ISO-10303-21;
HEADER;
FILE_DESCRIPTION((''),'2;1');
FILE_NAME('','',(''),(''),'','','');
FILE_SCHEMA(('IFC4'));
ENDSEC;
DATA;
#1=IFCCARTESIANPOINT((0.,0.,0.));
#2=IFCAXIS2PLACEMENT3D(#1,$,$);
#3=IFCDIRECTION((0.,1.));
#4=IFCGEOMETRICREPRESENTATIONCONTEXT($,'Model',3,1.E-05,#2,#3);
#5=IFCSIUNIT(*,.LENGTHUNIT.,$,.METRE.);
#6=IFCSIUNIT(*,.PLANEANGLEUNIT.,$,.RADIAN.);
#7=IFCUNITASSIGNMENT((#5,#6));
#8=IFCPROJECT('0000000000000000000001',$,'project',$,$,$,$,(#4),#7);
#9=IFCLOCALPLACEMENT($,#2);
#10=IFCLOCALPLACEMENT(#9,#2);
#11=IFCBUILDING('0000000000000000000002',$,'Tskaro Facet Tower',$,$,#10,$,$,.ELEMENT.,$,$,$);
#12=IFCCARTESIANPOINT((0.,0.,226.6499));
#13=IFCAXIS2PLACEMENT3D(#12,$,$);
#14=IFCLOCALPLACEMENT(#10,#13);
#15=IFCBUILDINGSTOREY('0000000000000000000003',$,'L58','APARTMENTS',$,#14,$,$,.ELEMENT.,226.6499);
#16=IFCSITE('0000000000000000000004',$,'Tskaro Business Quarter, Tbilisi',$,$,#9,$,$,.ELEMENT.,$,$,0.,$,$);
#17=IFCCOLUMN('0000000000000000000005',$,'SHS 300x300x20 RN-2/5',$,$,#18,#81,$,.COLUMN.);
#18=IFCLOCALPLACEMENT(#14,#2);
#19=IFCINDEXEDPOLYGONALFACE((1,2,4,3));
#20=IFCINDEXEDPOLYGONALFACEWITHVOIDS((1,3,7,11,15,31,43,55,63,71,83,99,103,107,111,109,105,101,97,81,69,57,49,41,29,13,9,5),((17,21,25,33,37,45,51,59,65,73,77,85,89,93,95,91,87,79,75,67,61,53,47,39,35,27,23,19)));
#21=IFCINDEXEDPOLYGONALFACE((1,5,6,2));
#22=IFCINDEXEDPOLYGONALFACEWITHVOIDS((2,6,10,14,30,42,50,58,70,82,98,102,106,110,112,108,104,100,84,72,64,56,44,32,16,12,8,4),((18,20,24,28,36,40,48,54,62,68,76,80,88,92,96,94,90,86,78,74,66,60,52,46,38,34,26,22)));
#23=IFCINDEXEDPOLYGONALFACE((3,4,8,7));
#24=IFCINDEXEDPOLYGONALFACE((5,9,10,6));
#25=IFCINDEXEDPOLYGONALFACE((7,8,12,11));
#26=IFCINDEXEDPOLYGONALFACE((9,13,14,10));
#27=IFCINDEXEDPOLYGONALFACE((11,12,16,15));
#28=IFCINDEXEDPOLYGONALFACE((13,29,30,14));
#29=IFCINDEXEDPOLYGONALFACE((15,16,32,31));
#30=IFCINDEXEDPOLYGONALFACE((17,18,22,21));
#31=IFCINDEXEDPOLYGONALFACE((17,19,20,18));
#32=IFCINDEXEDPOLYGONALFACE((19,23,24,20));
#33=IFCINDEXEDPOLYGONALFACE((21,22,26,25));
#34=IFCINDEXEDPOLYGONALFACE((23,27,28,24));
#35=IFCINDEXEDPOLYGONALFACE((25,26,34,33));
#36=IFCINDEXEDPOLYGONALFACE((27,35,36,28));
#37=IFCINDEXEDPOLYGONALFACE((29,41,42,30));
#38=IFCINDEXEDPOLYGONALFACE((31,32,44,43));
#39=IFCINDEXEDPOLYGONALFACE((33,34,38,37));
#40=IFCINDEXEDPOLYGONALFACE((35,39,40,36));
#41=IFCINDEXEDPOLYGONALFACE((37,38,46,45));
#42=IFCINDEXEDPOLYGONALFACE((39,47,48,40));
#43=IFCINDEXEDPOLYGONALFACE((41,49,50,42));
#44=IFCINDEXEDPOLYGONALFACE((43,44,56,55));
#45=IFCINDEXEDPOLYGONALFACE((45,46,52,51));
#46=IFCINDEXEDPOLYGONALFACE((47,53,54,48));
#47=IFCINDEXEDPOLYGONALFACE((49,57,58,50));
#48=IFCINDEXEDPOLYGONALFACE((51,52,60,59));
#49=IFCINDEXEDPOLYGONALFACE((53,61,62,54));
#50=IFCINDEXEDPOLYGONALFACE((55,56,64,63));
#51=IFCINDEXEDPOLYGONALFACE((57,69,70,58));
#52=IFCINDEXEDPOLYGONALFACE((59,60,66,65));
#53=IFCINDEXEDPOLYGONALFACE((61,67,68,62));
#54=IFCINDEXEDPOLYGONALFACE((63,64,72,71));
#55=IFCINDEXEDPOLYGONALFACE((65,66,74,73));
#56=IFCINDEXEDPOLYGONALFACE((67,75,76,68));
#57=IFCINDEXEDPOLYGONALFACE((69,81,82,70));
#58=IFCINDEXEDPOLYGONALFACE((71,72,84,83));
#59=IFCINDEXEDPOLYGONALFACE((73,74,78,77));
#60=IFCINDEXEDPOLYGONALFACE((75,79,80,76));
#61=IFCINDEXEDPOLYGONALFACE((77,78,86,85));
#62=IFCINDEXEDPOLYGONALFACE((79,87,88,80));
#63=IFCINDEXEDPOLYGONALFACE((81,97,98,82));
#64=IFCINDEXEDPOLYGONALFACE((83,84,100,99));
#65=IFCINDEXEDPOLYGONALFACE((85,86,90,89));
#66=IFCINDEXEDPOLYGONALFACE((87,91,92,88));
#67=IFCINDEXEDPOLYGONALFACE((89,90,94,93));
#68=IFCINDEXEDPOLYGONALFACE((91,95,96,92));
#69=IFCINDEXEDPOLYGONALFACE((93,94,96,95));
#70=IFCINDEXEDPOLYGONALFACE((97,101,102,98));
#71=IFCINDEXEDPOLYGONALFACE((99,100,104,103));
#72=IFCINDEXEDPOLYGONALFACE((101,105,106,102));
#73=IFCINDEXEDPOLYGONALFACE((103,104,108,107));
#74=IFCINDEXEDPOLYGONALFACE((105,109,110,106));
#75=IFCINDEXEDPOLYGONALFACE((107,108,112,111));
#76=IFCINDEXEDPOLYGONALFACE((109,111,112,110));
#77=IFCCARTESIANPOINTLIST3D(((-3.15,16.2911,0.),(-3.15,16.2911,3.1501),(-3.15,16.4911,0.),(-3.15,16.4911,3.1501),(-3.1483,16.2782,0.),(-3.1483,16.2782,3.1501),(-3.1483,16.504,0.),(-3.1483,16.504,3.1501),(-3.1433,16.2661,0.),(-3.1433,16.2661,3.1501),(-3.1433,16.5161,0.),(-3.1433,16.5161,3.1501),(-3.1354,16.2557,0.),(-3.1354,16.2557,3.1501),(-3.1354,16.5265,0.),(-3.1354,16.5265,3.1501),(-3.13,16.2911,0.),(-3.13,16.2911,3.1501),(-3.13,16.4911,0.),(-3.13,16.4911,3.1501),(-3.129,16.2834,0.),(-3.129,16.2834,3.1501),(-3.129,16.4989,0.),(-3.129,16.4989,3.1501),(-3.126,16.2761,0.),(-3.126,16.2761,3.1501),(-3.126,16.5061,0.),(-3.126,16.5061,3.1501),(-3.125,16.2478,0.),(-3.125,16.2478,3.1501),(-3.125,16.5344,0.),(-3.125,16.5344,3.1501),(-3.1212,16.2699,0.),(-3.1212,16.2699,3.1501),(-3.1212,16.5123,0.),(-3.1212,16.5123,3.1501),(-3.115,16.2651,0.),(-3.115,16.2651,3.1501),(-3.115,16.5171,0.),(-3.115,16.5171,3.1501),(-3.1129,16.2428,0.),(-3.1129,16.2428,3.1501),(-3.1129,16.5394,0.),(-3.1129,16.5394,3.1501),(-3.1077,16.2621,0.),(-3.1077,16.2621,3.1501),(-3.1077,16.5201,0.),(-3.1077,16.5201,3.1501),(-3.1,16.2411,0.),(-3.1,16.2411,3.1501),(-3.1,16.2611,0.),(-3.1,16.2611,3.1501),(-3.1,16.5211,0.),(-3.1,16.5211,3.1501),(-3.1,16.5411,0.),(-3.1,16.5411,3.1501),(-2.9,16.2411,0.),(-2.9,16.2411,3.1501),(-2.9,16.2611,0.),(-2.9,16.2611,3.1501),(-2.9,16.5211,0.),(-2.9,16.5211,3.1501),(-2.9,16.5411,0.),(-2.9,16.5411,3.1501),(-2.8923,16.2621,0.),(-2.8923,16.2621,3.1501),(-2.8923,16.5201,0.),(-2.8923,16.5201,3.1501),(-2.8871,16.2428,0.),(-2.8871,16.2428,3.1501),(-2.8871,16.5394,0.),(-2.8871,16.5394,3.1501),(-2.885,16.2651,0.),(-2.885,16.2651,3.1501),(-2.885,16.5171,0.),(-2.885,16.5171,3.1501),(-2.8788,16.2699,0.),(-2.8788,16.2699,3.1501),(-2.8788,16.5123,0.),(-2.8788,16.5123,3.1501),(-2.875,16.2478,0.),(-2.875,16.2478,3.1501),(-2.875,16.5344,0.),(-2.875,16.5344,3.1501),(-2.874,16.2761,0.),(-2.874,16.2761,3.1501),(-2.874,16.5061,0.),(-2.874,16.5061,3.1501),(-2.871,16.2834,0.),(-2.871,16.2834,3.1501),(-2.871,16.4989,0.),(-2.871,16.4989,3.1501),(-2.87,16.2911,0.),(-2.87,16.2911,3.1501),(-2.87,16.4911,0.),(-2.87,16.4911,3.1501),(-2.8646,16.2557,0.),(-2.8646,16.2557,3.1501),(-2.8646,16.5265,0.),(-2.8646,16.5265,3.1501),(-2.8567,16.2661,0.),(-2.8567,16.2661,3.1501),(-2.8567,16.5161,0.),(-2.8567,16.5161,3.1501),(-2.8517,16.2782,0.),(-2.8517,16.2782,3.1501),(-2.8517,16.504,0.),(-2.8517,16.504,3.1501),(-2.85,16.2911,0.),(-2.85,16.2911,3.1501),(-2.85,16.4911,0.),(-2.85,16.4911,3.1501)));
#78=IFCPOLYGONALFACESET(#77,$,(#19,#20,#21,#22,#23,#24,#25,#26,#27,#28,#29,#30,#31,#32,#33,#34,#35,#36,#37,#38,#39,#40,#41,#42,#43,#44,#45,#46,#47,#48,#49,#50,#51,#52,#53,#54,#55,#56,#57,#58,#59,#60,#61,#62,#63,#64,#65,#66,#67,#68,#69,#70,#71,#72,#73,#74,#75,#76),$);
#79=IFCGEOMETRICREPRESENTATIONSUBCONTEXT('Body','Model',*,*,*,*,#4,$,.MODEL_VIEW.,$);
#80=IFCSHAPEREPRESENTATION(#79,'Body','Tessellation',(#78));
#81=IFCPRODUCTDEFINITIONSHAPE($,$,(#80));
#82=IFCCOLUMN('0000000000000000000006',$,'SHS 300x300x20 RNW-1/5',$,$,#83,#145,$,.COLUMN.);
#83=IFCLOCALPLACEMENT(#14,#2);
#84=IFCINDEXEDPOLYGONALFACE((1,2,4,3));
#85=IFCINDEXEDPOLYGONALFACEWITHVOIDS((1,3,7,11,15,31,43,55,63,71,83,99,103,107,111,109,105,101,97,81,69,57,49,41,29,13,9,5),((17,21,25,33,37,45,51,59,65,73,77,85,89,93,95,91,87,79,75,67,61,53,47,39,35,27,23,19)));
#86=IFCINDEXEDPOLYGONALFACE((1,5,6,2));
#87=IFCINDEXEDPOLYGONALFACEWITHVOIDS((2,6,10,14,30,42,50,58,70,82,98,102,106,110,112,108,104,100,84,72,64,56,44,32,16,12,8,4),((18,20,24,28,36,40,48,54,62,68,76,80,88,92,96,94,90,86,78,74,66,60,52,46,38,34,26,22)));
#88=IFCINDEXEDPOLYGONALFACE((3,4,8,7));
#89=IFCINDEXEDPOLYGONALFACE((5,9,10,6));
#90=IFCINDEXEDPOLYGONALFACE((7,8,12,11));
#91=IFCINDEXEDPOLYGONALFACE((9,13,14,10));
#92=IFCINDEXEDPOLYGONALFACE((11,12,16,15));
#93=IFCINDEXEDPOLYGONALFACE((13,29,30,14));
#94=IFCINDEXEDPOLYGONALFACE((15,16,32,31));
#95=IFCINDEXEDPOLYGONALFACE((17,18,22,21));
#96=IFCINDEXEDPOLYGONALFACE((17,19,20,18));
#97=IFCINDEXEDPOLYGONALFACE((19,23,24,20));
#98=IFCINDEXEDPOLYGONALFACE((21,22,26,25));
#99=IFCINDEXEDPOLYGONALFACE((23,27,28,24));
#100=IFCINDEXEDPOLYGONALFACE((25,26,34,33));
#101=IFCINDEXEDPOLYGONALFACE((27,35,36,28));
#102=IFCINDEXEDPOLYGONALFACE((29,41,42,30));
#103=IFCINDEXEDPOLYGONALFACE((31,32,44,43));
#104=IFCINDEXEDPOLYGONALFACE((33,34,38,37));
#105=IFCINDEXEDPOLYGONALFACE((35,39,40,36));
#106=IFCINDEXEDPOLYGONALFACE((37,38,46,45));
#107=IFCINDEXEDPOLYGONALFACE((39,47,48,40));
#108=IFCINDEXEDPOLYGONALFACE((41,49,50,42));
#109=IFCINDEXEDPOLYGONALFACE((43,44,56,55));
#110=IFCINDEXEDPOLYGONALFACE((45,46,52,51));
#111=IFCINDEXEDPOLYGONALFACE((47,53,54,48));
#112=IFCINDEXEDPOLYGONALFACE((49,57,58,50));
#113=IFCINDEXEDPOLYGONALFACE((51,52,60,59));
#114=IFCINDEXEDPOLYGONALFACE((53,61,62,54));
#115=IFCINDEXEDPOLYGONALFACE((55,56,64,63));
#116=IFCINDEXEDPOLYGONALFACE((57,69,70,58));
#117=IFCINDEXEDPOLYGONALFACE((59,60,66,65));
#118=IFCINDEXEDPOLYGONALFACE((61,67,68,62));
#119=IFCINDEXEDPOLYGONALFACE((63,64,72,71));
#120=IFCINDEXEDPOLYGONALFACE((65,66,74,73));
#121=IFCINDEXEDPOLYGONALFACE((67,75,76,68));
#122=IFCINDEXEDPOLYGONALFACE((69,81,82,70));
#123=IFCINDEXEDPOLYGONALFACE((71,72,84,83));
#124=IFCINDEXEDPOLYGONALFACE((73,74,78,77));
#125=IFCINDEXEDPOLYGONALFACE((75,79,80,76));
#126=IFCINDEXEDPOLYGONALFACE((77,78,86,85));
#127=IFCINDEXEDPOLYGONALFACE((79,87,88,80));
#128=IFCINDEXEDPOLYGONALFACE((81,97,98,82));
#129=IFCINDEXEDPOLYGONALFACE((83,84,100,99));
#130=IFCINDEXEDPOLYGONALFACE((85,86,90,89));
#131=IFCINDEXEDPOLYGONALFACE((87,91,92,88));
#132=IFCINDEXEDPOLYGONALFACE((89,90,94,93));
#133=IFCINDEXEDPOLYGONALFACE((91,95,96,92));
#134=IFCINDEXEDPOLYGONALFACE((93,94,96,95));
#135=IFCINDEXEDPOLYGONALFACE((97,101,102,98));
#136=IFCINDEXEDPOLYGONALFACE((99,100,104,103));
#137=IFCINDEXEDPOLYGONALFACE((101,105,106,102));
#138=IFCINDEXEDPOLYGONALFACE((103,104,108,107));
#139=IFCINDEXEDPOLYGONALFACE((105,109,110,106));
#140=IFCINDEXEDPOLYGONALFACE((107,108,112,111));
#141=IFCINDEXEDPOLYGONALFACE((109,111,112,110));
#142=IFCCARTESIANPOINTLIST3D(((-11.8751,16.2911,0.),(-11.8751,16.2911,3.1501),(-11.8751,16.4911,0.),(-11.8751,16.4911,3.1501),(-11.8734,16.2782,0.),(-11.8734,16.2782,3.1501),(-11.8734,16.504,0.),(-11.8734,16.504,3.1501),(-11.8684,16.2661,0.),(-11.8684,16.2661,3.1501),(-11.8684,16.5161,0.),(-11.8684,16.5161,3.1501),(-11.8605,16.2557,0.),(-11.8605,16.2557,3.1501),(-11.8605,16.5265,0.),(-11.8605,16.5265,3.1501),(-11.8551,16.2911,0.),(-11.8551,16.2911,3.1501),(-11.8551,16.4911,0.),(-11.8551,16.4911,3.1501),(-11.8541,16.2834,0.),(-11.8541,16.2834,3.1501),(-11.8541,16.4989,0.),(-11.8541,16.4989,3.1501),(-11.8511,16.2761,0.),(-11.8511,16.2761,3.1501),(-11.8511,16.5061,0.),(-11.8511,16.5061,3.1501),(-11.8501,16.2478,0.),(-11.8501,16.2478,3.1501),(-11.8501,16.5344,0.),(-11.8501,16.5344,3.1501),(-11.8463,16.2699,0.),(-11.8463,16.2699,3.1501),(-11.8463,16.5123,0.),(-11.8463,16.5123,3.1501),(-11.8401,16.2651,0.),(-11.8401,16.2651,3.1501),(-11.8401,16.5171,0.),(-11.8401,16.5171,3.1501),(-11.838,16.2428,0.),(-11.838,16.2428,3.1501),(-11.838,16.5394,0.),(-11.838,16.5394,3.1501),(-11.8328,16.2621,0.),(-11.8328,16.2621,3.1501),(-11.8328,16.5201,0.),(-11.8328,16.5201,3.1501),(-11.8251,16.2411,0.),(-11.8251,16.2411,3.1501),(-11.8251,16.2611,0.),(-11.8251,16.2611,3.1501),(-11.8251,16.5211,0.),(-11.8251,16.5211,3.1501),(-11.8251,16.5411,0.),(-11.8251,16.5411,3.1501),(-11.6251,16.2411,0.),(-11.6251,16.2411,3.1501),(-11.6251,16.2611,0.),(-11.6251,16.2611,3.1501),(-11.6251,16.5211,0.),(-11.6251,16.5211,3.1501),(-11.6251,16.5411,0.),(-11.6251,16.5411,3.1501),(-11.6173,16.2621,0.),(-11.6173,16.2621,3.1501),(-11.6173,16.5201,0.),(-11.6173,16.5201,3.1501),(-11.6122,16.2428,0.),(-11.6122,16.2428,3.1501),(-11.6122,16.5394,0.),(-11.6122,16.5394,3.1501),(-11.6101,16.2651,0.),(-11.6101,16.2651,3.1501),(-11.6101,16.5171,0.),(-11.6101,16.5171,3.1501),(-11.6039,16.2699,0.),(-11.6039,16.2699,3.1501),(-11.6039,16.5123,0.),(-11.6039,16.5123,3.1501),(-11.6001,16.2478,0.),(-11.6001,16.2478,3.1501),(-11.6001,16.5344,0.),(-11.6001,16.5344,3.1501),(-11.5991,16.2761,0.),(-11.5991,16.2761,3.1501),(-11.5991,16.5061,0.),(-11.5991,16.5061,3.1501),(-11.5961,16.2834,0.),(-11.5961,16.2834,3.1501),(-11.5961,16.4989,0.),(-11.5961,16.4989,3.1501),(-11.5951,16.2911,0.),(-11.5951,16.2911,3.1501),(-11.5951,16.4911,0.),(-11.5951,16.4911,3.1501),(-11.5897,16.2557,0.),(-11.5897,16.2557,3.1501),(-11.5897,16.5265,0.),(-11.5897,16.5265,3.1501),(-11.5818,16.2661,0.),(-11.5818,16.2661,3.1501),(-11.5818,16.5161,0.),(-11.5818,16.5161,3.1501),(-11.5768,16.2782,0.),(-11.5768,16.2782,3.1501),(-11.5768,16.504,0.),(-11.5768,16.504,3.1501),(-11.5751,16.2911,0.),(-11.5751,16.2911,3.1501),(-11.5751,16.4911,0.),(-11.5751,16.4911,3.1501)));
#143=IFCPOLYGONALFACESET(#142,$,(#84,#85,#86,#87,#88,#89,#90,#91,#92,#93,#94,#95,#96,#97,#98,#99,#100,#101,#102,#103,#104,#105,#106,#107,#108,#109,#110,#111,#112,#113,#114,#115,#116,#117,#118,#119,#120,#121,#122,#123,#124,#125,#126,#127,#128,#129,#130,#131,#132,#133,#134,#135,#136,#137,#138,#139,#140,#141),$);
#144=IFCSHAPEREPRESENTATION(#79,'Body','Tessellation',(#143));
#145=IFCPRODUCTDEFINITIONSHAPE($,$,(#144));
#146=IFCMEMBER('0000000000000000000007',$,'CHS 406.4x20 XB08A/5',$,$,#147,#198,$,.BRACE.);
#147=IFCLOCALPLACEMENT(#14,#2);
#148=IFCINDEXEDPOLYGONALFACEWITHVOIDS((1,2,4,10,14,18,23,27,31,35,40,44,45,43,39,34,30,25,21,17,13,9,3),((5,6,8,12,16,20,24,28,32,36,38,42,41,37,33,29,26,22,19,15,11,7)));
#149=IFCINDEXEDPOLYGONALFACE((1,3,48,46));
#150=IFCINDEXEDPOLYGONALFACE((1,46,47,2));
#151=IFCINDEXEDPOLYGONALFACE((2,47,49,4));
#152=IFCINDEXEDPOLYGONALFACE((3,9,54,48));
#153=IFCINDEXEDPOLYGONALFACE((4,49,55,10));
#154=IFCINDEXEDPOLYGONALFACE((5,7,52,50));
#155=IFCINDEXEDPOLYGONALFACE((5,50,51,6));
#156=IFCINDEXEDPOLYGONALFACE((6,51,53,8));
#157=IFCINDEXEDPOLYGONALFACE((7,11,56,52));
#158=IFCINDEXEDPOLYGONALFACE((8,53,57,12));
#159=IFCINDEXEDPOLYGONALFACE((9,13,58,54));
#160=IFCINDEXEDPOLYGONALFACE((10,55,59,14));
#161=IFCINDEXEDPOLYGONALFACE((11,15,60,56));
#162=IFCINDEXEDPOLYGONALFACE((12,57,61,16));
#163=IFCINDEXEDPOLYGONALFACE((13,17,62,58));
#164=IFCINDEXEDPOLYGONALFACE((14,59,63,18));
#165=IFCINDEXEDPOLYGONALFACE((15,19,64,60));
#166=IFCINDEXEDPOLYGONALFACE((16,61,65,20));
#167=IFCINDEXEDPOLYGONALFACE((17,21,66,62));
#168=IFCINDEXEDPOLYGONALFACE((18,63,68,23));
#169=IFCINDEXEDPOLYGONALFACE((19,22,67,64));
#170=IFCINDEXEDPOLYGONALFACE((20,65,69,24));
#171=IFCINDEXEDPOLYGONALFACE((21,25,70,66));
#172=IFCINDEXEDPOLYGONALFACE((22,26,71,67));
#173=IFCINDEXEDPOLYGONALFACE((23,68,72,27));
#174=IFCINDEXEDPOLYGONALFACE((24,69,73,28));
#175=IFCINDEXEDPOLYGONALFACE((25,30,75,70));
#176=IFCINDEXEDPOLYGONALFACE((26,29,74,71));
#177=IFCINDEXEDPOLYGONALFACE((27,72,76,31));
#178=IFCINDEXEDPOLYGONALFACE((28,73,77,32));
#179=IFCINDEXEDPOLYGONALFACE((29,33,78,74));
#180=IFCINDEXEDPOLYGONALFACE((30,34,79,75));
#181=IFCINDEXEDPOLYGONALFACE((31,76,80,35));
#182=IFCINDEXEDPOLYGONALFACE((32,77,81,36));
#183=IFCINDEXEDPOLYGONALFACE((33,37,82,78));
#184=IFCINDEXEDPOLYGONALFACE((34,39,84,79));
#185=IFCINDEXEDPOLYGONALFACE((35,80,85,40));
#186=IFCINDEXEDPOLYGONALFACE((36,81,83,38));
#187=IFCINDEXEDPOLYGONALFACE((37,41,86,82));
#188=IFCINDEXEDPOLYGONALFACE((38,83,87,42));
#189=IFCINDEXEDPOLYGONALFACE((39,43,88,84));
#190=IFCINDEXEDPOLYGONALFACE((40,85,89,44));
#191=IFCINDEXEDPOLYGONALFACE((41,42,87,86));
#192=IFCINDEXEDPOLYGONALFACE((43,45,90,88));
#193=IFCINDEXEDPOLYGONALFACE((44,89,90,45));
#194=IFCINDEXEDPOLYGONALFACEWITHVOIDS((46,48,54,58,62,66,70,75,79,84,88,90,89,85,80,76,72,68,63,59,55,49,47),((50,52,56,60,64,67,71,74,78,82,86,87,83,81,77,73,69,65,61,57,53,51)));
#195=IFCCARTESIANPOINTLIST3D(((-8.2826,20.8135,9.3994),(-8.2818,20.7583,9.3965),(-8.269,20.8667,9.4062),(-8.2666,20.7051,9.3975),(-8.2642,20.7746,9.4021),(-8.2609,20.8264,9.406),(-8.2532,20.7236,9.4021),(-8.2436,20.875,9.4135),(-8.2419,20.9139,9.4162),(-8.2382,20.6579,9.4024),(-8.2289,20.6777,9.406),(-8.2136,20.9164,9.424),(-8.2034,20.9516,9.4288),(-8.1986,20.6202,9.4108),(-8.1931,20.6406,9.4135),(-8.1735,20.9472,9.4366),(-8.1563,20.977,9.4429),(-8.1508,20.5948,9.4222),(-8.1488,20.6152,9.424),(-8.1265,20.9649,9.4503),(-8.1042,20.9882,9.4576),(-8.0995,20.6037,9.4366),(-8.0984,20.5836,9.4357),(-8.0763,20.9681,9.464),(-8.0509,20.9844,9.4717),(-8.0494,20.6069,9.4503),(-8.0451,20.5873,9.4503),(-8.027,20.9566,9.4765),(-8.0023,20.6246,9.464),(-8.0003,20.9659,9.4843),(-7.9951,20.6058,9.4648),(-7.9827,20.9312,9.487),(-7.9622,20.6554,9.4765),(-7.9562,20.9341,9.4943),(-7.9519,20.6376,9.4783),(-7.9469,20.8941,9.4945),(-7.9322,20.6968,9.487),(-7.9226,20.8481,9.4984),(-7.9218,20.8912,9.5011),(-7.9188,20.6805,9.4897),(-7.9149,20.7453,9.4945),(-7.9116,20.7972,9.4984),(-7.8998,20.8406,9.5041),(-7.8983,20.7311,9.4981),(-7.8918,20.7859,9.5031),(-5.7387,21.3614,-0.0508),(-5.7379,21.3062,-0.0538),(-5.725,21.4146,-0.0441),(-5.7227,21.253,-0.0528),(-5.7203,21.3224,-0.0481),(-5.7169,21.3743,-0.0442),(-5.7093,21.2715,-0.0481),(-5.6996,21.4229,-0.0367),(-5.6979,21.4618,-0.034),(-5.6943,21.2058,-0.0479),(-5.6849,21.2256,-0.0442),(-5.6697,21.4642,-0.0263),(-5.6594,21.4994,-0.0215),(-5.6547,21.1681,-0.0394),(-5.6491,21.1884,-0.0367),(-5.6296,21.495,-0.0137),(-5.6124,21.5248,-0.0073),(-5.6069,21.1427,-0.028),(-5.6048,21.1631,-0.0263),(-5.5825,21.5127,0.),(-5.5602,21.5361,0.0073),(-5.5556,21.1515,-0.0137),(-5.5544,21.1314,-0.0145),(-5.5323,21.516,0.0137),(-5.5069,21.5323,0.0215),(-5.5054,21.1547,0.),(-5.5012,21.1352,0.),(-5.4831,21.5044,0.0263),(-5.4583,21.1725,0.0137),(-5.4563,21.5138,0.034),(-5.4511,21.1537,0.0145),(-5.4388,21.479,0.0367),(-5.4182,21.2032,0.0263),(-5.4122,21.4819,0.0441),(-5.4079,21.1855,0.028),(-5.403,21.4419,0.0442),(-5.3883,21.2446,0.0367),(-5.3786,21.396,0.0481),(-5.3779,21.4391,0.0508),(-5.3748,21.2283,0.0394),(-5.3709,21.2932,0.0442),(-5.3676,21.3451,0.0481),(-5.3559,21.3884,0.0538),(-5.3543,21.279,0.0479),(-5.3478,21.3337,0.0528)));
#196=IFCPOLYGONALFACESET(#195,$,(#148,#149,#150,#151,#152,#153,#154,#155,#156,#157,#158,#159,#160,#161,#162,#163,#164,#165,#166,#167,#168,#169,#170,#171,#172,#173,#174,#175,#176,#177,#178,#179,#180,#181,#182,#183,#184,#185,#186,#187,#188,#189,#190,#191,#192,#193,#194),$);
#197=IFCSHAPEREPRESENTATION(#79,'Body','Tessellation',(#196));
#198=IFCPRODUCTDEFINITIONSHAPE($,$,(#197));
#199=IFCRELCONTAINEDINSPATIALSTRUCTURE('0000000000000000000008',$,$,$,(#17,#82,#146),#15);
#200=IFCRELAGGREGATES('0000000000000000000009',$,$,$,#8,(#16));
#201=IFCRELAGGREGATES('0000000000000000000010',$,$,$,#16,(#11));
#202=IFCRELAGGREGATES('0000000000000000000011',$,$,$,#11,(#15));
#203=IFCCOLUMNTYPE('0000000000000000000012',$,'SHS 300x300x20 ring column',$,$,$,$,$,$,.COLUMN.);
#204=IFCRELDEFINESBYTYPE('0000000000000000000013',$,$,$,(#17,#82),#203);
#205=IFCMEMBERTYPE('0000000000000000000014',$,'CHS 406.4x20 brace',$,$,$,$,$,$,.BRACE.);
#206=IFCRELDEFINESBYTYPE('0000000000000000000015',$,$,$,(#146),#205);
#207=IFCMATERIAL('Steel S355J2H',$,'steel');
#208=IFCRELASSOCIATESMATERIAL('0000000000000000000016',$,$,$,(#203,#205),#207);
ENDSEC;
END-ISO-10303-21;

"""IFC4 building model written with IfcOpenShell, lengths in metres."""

from ifc_helpers import new_model, si_unit, direction, frame, origin, origin_2d, place, context, subcontext, project, spatial, hollow_rectangle, hollow_circle, extrude, material, material_profile, profile_set, type_object, element, save


model = new_model("IFC4")

# Units and contexts
model_context = context("Model", 3, precision=1e-05, world=origin(), true_north=direction((0.0, 1.0)))
body_context = subcontext(model_context, "Body", "Model", "MODEL_VIEW")
ifc_project = project(units=[si_unit("LENGTHUNIT", "METRE"), si_unit("PLANEANGLEUNIT", "RADIAN")], contexts=[model_context])

# Site, building, storey
site_placement = place(None, origin())
site = spatial("IfcSite", under=ifc_project, at=site_placement, Name="Tskaro Business Quarter, Tbilisi", CompositionType="ELEMENT", RefElevation=0.0)
building_placement = place(site_placement, origin())
building = spatial("IfcBuilding", under=site, at=building_placement, Name="Tskaro Facet Tower", CompositionType="ELEMENT")
storey_placement = place(building_placement, frame((0.0, 0.0, 226.6499)))
storey = spatial("IfcBuildingStorey", under=building, at=storey_placement, Name="L58", Description="APARTMENTS", CompositionType="ELEMENT", Elevation=226.6499)

# Columns
ifc_material_1 = material(Name="Steel S355J2H", Category="steel")
ifc_material_profile_1 = material_profile(ifc_material_1, hollow_rectangle(XDim=0.3, YDim=0.3, WallThickness=0.02, InnerFilletRadius=0.03, OuterFilletRadius=0.05, at=origin_2d()), Name="SHS 300x300x20")
ifc_profile_set_1 = profile_set([ifc_material_profile_1], Name="Steel S355J2H")
column_type = type_object("IfcColumnType", Name="SHS 300x300x20 ring column", PredefinedType="COLUMN", material=ifc_profile_set_1)
for number, where, z_axis, x_axis, name in (
    (1, (-3.0, 16.3911, 0.0), (0.0, 0.0, 1.0), (1.0, 0.0, 0.0), "SHS 300x300x20 RN-2/5"),
    (2, (-11.7251, 16.3911, 0.0), (0.0, 0.0, 1.0), (1.0, 0.0, 0.0), "SHS 300x300x20 RNW-1/5"),
):
    element("IfcColumn", number, at=place(storey_placement, frame(where, z_axis=z_axis, x_axis=x_axis)), inside=storey, type_object=column_type, Name=name, PredefinedType="COLUMN", context=body_context, shape_type="SweptSolid", body=[
        extrude(hollow_rectangle(XDim=0.3, YDim=0.3, WallThickness=0.02, InnerFilletRadius=0.03, OuterFilletRadius=0.05, at=origin_2d()), origin(), (0.0, 0.0, 1.0), 3.1501),
    ])

# Member
ifc_material_profile_2 = material_profile(ifc_material_1, hollow_circle(Radius=0.2031, WallThickness=0.02, at=origin_2d()), Name="CHS 406.4x20")
ifc_profile_set_2 = profile_set([ifc_material_profile_2], Name="Steel S355J2H")
member_type_1 = type_object("IfcMemberType", Name="CHS 406.4x20 brace", PredefinedType="BRACE", material=ifc_profile_set_2)
member_1_placement = place(storey_placement, frame((-5.5439, 21.3337, 0.0), z_axis=(-0.259535, -0.055892, 0.964115), x_axis=(0.210528, -0.977588, 0.0)))
element("IfcMember", 3, at=member_1_placement, inside=storey, type_object=member_type_1, Name="CHS 406.4x20 XB08A/5", PredefinedType="BRACE", context=body_context, shape_type="SweptSolid", body=[
    extrude(hollow_circle(Radius=0.2031, WallThickness=0.02, at=origin_2d()), origin(), (0.0, 0.0, 1.0), 9.802),
])

save(model, "model.ifc")
